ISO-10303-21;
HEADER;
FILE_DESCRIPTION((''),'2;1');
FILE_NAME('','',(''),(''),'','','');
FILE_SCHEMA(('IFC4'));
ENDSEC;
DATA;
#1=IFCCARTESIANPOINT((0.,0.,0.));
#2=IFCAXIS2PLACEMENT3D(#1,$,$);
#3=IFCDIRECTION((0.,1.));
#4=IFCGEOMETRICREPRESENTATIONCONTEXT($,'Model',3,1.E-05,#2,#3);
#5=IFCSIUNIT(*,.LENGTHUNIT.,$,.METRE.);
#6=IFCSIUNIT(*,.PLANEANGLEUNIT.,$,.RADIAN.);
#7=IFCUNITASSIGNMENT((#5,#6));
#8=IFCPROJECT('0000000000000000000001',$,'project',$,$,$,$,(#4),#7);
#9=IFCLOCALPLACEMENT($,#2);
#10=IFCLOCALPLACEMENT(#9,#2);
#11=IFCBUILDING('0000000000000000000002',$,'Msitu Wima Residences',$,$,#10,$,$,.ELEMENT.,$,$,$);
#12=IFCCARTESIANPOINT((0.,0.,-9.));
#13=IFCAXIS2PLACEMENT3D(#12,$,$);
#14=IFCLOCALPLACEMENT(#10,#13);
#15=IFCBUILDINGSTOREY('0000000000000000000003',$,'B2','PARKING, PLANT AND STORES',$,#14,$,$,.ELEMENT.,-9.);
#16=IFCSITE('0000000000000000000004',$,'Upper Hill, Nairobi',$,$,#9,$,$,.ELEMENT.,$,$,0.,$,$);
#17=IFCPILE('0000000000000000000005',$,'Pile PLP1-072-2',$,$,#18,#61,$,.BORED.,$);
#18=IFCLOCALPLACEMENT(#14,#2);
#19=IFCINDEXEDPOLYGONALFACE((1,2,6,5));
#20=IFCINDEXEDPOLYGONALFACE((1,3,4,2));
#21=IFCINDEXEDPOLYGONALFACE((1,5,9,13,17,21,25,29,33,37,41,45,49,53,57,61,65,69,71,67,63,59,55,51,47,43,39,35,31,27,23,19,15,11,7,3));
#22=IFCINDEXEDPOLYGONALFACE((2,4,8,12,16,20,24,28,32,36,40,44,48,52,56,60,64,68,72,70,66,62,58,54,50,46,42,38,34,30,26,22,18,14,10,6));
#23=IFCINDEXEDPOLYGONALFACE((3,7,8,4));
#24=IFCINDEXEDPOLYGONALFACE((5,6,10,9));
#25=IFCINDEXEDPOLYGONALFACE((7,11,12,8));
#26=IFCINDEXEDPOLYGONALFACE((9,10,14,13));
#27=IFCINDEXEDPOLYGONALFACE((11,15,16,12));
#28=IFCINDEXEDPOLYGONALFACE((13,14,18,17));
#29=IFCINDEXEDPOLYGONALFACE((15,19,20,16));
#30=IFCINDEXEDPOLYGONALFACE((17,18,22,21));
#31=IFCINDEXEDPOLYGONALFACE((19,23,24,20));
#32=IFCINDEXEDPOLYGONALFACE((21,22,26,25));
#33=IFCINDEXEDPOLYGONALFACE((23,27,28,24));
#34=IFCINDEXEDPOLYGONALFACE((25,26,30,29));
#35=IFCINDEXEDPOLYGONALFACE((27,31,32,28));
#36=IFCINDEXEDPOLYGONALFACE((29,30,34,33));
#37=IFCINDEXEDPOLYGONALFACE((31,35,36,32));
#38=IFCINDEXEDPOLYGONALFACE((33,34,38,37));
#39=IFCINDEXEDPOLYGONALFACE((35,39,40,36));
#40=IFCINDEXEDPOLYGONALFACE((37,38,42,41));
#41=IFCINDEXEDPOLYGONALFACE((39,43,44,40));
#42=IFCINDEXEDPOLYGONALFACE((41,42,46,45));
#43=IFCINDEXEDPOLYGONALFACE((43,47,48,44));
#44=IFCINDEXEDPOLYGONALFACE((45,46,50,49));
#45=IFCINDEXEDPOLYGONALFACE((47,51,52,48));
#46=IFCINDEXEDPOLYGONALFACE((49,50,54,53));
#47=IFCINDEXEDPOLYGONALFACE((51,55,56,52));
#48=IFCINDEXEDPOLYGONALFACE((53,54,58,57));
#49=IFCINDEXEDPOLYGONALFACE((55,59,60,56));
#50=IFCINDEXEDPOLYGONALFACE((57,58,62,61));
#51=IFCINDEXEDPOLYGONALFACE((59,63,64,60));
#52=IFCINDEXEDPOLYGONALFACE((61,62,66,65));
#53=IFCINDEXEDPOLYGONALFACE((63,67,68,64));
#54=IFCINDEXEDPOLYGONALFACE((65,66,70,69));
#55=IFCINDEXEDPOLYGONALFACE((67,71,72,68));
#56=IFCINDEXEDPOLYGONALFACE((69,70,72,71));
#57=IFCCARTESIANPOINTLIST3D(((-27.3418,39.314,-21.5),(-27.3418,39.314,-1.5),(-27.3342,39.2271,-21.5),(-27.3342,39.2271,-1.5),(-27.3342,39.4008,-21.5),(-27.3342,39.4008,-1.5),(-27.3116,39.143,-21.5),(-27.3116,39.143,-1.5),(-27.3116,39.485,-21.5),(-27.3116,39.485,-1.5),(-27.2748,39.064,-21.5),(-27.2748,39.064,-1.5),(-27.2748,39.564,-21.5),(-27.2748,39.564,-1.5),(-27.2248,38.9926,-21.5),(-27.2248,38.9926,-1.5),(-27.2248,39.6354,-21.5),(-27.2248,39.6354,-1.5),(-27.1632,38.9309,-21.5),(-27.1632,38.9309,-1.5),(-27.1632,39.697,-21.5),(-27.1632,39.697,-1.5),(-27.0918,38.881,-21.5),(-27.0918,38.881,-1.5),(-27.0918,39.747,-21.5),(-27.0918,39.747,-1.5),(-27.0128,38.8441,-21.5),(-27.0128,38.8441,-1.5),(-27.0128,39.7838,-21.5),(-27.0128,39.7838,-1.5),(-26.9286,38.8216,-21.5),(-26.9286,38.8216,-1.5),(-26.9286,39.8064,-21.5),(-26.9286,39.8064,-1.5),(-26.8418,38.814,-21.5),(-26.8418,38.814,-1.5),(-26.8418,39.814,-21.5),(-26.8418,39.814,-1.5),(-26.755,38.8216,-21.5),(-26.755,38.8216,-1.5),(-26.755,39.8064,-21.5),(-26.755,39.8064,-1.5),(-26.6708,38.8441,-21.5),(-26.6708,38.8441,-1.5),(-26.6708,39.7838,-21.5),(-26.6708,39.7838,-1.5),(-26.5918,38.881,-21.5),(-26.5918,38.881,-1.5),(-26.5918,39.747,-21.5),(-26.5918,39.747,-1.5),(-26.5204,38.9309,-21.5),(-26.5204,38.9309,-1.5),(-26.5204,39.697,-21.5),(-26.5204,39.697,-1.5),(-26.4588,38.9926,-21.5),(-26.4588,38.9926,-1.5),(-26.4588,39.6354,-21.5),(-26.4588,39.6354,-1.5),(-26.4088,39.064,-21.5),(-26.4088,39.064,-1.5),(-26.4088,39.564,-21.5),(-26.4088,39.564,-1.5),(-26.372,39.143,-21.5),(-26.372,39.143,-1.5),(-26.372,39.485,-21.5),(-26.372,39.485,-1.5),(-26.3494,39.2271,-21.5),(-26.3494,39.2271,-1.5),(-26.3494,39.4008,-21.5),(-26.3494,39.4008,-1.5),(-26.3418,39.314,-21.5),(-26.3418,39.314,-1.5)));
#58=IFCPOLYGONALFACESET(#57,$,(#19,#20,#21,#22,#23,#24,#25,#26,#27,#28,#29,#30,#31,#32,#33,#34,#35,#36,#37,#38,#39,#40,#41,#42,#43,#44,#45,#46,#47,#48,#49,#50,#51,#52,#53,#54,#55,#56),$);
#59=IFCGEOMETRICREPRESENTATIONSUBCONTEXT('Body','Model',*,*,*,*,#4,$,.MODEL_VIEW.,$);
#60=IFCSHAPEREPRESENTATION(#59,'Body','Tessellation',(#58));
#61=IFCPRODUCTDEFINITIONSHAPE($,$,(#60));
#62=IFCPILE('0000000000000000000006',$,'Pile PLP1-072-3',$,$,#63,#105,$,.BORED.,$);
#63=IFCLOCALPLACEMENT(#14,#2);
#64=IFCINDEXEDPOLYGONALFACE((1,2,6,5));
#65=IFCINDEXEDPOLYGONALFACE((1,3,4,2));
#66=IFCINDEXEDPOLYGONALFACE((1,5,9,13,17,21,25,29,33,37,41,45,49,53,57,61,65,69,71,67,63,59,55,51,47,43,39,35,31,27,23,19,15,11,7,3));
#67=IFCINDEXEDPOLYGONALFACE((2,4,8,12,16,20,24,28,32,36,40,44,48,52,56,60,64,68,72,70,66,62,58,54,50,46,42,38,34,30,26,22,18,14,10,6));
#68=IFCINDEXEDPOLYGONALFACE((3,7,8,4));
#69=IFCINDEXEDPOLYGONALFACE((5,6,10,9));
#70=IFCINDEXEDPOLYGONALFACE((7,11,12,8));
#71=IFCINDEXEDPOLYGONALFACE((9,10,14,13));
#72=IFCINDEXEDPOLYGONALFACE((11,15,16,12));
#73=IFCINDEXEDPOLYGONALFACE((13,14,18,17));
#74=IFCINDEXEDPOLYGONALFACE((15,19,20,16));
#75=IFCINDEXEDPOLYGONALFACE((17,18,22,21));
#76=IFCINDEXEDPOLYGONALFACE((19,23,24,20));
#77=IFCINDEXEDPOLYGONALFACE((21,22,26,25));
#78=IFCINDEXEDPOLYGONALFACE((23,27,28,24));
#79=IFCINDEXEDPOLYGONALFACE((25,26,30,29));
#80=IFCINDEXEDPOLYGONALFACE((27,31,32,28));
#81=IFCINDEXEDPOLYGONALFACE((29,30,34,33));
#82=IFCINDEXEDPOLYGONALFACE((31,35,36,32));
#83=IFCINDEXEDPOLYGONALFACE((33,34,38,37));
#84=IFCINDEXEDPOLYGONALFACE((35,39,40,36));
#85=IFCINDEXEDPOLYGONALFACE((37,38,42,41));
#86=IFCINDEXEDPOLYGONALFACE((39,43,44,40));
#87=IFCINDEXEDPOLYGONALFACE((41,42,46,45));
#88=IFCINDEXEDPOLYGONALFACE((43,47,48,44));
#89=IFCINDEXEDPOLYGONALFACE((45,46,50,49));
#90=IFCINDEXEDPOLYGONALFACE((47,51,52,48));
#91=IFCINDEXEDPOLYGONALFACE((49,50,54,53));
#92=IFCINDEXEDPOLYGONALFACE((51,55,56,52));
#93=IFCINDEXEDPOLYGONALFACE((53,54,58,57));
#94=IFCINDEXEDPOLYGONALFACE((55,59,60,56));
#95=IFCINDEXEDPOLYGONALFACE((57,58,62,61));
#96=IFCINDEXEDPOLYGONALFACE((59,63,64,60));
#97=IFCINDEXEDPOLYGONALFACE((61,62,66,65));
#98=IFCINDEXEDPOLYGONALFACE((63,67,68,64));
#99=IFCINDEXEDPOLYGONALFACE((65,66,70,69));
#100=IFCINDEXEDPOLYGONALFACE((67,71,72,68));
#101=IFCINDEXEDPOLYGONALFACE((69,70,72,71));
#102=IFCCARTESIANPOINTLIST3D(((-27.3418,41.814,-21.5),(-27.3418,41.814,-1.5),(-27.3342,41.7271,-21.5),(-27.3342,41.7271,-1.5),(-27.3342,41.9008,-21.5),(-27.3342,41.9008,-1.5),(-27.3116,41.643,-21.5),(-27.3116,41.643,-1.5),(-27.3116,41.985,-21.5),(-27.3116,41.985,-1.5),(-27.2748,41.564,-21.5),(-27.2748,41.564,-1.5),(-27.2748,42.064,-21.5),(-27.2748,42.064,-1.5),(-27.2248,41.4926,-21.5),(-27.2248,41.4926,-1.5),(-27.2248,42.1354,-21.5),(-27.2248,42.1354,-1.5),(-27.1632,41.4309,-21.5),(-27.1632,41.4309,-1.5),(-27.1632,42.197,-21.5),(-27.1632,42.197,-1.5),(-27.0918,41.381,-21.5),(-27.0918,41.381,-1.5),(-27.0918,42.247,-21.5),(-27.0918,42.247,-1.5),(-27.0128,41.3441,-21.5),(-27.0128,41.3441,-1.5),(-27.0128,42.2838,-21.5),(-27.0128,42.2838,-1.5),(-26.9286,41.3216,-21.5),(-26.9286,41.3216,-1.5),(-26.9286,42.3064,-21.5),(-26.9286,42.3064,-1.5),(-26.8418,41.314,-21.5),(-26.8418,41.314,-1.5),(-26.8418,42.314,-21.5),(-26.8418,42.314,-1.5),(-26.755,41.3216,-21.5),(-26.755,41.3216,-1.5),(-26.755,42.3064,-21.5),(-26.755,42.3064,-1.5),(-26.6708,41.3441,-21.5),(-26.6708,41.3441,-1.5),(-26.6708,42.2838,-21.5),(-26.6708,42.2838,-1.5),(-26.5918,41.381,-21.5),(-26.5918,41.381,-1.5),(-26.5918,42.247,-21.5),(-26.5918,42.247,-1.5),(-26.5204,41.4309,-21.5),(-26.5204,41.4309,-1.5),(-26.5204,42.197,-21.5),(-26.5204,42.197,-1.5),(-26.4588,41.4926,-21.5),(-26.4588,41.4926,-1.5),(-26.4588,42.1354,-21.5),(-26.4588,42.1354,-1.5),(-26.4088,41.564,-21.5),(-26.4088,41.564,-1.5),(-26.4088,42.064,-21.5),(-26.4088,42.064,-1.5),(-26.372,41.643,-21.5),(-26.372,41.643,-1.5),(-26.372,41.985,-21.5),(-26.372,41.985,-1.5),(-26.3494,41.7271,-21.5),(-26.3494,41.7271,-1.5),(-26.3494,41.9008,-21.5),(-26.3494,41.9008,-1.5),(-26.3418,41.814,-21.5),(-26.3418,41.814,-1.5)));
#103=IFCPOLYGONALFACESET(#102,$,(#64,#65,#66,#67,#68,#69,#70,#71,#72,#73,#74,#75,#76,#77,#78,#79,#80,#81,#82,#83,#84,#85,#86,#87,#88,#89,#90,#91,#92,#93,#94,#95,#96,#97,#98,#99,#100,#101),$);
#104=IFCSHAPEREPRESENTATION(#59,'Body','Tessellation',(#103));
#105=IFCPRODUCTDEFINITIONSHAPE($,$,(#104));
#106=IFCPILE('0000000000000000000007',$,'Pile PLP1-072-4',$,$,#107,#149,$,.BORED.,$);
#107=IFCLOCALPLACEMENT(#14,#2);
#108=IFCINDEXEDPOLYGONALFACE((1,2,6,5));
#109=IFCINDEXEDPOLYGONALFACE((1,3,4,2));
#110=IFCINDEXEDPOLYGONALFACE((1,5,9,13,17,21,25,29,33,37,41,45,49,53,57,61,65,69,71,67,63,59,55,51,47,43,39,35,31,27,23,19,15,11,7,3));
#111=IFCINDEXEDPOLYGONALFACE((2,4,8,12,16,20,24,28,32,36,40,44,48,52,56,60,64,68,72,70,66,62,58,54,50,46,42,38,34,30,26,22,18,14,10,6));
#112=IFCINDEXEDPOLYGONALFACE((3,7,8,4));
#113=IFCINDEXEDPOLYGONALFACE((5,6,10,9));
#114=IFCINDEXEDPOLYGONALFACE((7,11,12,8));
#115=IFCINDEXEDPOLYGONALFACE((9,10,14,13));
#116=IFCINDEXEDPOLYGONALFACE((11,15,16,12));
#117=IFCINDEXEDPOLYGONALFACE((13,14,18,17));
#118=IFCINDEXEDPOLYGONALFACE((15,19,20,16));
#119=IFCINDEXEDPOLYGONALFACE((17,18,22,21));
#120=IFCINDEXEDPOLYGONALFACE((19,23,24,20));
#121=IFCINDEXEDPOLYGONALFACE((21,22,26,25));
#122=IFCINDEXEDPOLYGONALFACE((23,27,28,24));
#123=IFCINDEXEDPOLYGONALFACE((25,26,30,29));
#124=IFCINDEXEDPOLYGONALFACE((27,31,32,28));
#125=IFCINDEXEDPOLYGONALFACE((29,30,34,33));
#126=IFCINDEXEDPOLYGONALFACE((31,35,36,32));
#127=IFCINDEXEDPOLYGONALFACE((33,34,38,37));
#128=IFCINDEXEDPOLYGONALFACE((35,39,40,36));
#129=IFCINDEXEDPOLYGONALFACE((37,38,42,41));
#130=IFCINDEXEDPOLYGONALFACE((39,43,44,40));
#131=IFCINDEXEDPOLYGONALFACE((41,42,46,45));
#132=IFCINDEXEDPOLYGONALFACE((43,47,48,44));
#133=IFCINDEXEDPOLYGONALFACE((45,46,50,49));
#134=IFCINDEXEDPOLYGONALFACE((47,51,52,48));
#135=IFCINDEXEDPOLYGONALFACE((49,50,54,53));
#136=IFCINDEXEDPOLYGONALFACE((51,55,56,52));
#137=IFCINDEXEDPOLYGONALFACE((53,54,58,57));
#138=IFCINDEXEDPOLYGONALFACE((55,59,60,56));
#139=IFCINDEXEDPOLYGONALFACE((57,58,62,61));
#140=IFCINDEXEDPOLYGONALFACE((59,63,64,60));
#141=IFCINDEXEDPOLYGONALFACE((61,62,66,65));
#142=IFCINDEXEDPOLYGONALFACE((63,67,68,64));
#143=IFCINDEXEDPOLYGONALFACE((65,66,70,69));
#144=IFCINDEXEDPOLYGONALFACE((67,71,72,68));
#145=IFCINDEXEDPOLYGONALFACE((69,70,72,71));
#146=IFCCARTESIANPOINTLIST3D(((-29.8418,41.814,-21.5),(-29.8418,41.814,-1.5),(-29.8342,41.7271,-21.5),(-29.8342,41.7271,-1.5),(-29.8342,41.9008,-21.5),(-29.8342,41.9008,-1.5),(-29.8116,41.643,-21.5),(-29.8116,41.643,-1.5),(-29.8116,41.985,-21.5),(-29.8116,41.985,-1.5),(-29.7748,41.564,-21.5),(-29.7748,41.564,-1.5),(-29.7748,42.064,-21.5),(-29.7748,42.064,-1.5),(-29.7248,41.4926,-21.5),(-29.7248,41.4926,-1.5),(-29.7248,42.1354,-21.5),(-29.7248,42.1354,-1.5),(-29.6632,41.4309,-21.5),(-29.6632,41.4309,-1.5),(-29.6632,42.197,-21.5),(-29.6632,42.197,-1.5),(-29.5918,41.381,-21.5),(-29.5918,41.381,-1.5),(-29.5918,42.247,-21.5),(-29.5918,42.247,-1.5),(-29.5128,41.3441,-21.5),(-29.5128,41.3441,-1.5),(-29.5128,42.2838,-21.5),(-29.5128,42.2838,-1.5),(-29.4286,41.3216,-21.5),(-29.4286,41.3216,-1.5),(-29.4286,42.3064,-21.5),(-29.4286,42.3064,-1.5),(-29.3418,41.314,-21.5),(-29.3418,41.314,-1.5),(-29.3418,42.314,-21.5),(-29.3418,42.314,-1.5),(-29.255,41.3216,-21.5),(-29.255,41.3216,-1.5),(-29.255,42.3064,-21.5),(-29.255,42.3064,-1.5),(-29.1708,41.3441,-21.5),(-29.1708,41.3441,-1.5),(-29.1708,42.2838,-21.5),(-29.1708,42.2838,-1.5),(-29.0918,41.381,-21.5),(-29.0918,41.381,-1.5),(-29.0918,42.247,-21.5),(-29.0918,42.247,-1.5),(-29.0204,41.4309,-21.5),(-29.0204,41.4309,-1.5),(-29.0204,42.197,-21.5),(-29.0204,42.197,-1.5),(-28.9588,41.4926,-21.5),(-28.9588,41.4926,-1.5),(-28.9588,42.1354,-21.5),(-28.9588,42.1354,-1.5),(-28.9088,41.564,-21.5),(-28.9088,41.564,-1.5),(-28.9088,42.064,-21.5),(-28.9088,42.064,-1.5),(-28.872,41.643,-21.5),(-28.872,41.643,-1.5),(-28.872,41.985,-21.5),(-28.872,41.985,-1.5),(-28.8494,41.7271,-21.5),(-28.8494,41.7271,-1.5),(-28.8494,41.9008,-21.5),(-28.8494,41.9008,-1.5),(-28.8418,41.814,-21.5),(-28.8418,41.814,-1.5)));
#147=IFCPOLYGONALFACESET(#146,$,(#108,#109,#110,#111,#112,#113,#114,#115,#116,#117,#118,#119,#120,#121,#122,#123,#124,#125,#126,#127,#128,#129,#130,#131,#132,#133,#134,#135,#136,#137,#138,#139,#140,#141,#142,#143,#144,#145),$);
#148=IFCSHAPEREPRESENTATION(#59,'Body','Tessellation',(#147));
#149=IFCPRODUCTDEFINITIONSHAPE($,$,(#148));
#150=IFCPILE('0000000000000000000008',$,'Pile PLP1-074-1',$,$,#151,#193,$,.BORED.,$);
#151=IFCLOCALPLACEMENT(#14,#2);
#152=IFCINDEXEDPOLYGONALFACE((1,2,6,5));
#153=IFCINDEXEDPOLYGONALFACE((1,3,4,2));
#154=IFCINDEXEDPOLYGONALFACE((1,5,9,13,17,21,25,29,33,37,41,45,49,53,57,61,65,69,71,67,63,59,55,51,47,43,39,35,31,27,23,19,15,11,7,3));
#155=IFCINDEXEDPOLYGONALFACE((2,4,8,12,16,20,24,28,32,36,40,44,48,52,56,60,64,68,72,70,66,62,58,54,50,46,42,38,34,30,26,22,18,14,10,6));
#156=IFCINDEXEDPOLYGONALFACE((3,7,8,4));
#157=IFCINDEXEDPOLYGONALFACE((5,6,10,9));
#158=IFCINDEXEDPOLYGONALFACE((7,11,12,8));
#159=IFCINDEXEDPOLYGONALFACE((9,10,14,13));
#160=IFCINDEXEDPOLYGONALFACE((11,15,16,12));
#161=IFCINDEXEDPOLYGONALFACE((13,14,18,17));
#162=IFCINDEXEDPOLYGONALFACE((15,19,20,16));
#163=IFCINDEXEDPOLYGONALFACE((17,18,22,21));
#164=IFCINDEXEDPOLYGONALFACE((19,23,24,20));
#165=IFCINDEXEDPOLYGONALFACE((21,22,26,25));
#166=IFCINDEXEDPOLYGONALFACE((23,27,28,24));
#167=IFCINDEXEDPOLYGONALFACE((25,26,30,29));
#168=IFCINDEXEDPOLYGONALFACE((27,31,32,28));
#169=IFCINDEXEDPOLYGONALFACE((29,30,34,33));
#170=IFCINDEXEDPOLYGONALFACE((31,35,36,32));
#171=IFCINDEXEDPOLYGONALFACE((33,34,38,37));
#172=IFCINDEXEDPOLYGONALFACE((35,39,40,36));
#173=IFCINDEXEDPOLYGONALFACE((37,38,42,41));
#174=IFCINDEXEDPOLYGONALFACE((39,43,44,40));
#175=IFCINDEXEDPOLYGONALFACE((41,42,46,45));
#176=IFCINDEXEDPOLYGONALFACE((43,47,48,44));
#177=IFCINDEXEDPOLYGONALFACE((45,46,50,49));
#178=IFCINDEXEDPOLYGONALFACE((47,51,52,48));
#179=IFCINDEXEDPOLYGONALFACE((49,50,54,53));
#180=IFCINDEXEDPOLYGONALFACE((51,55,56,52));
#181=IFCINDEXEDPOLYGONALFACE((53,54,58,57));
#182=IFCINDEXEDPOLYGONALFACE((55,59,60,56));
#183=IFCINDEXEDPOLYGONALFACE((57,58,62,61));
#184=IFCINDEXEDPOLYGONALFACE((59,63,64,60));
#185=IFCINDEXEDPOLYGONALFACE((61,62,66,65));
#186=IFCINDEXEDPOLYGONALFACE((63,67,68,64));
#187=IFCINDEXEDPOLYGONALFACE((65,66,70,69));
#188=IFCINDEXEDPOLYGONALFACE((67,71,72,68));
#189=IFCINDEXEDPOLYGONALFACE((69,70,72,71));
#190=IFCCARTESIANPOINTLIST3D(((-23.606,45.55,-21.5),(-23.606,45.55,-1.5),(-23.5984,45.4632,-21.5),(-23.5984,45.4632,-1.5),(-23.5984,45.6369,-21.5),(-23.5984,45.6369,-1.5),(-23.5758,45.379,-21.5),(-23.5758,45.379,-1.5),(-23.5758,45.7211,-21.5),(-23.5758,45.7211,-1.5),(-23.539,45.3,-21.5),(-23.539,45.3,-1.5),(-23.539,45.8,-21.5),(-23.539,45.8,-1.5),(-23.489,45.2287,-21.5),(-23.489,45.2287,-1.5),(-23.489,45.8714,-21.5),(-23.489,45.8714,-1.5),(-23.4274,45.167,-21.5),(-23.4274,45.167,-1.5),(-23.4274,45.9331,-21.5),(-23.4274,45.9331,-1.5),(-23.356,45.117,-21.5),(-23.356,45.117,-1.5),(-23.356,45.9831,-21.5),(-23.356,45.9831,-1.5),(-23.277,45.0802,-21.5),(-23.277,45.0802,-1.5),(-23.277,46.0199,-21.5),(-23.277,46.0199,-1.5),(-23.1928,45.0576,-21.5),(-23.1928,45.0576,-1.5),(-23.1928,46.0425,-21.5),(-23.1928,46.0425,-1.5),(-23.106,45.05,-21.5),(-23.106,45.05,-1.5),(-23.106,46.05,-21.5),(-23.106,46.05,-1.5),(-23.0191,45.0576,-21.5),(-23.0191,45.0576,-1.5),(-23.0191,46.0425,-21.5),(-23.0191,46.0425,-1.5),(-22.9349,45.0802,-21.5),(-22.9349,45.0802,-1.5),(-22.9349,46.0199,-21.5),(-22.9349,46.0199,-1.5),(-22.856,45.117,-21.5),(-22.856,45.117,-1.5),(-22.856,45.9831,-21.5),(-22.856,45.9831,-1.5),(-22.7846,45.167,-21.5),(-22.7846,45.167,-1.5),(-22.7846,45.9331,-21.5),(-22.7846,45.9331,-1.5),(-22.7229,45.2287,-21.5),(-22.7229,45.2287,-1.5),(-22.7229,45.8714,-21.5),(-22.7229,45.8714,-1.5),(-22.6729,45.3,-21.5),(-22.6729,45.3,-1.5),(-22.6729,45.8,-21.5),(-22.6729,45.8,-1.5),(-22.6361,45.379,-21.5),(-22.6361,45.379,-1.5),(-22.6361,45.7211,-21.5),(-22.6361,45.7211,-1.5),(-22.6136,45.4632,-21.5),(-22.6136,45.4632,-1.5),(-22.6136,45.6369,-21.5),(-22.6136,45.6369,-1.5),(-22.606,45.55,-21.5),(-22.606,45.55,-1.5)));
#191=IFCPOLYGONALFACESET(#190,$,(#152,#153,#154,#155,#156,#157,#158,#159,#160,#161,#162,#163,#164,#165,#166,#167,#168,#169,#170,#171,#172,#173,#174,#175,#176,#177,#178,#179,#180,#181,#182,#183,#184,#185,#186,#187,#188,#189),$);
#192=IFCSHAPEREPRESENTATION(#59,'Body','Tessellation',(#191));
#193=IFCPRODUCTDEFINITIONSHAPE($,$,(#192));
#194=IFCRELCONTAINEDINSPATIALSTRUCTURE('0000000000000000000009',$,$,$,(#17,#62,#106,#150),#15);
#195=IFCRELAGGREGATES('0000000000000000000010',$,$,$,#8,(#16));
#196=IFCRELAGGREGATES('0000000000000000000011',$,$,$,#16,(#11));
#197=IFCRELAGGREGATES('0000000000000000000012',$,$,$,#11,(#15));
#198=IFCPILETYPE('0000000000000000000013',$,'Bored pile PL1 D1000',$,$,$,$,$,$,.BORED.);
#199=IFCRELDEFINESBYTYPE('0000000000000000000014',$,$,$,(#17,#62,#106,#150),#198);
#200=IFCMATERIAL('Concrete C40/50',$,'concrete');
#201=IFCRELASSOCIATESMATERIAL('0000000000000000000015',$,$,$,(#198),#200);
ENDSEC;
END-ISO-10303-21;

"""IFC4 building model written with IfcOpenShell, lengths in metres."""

from ifc_helpers import new_model, si_unit, direction, frame, origin, origin_2d, place, context, subcontext, project, spatial, circle, extrude, material, type_object, element, save


model = new_model("IFC4")

# Units and contexts
model_context = context("Model", 3, precision=1e-05, world=origin(), true_north=direction((0.0, 1.0)))
body_context = subcontext(model_context, "Body", "Model", "MODEL_VIEW")
ifc_project = project(units=[si_unit("LENGTHUNIT", "METRE"), si_unit("PLANEANGLEUNIT", "RADIAN")], contexts=[model_context])

# Site, building, storey
site_placement = place(None, origin())
site = spatial("IfcSite", under=ifc_project, at=site_placement, Name="Upper Hill, Nairobi", CompositionType="ELEMENT", RefElevation=0.0)
building_placement = place(site_placement, origin())
building = spatial("IfcBuilding", under=site, at=building_placement, Name="Msitu Wima Residences", CompositionType="ELEMENT")
storey_placement = place(building_placement, frame((0.0, 0.0, -9.0)))
storey = spatial("IfcBuildingStorey", under=building, at=storey_placement, Name="B2", Description="PARKING, PLANT AND STORES", CompositionType="ELEMENT", Elevation=-9.0)

# Piles
ifc_material_1 = material(Name="Concrete C40/50", Category="concrete")
pile_type_1 = type_object("IfcPileType", Name="Bored pile PL1 D1000", PredefinedType="BORED", material=ifc_material_1)
for number, where, z_axis, x_axis, name in (
    (1, (-26.8418, 39.314, -1.5), (0.0, 0.0, -1.0), (1.0, 0.0, 0.0), "Pile PLP1-072-2"),
    (2, (-26.8418, 41.814, -1.5), (0.0, 0.0, -1.0), (1.0, 0.0, 0.0), "Pile PLP1-072-3"),
    (3, (-29.3418, 41.814, -1.5), (0.0, 0.0, -1.0), (1.0, 0.0, 0.0), "Pile PLP1-072-4"),
    (4, (-23.106, 45.55, -1.5), (0.0, 0.0, -1.0), (1.0, 0.0, 0.0), "Pile PLP1-074-1"),
):
    element("IfcPile", number, at=place(storey_placement, frame(where, z_axis=z_axis, x_axis=x_axis)), inside=storey, type_object=pile_type_1, Name=name, PredefinedType="BORED", context=body_context, shape_type="SweptSolid", body=[
        extrude(circle(Radius=0.5, at=origin_2d()), origin(), (0.0, 0.0, 1.0), 20.0),
    ])

save(model, "model.ifc")
